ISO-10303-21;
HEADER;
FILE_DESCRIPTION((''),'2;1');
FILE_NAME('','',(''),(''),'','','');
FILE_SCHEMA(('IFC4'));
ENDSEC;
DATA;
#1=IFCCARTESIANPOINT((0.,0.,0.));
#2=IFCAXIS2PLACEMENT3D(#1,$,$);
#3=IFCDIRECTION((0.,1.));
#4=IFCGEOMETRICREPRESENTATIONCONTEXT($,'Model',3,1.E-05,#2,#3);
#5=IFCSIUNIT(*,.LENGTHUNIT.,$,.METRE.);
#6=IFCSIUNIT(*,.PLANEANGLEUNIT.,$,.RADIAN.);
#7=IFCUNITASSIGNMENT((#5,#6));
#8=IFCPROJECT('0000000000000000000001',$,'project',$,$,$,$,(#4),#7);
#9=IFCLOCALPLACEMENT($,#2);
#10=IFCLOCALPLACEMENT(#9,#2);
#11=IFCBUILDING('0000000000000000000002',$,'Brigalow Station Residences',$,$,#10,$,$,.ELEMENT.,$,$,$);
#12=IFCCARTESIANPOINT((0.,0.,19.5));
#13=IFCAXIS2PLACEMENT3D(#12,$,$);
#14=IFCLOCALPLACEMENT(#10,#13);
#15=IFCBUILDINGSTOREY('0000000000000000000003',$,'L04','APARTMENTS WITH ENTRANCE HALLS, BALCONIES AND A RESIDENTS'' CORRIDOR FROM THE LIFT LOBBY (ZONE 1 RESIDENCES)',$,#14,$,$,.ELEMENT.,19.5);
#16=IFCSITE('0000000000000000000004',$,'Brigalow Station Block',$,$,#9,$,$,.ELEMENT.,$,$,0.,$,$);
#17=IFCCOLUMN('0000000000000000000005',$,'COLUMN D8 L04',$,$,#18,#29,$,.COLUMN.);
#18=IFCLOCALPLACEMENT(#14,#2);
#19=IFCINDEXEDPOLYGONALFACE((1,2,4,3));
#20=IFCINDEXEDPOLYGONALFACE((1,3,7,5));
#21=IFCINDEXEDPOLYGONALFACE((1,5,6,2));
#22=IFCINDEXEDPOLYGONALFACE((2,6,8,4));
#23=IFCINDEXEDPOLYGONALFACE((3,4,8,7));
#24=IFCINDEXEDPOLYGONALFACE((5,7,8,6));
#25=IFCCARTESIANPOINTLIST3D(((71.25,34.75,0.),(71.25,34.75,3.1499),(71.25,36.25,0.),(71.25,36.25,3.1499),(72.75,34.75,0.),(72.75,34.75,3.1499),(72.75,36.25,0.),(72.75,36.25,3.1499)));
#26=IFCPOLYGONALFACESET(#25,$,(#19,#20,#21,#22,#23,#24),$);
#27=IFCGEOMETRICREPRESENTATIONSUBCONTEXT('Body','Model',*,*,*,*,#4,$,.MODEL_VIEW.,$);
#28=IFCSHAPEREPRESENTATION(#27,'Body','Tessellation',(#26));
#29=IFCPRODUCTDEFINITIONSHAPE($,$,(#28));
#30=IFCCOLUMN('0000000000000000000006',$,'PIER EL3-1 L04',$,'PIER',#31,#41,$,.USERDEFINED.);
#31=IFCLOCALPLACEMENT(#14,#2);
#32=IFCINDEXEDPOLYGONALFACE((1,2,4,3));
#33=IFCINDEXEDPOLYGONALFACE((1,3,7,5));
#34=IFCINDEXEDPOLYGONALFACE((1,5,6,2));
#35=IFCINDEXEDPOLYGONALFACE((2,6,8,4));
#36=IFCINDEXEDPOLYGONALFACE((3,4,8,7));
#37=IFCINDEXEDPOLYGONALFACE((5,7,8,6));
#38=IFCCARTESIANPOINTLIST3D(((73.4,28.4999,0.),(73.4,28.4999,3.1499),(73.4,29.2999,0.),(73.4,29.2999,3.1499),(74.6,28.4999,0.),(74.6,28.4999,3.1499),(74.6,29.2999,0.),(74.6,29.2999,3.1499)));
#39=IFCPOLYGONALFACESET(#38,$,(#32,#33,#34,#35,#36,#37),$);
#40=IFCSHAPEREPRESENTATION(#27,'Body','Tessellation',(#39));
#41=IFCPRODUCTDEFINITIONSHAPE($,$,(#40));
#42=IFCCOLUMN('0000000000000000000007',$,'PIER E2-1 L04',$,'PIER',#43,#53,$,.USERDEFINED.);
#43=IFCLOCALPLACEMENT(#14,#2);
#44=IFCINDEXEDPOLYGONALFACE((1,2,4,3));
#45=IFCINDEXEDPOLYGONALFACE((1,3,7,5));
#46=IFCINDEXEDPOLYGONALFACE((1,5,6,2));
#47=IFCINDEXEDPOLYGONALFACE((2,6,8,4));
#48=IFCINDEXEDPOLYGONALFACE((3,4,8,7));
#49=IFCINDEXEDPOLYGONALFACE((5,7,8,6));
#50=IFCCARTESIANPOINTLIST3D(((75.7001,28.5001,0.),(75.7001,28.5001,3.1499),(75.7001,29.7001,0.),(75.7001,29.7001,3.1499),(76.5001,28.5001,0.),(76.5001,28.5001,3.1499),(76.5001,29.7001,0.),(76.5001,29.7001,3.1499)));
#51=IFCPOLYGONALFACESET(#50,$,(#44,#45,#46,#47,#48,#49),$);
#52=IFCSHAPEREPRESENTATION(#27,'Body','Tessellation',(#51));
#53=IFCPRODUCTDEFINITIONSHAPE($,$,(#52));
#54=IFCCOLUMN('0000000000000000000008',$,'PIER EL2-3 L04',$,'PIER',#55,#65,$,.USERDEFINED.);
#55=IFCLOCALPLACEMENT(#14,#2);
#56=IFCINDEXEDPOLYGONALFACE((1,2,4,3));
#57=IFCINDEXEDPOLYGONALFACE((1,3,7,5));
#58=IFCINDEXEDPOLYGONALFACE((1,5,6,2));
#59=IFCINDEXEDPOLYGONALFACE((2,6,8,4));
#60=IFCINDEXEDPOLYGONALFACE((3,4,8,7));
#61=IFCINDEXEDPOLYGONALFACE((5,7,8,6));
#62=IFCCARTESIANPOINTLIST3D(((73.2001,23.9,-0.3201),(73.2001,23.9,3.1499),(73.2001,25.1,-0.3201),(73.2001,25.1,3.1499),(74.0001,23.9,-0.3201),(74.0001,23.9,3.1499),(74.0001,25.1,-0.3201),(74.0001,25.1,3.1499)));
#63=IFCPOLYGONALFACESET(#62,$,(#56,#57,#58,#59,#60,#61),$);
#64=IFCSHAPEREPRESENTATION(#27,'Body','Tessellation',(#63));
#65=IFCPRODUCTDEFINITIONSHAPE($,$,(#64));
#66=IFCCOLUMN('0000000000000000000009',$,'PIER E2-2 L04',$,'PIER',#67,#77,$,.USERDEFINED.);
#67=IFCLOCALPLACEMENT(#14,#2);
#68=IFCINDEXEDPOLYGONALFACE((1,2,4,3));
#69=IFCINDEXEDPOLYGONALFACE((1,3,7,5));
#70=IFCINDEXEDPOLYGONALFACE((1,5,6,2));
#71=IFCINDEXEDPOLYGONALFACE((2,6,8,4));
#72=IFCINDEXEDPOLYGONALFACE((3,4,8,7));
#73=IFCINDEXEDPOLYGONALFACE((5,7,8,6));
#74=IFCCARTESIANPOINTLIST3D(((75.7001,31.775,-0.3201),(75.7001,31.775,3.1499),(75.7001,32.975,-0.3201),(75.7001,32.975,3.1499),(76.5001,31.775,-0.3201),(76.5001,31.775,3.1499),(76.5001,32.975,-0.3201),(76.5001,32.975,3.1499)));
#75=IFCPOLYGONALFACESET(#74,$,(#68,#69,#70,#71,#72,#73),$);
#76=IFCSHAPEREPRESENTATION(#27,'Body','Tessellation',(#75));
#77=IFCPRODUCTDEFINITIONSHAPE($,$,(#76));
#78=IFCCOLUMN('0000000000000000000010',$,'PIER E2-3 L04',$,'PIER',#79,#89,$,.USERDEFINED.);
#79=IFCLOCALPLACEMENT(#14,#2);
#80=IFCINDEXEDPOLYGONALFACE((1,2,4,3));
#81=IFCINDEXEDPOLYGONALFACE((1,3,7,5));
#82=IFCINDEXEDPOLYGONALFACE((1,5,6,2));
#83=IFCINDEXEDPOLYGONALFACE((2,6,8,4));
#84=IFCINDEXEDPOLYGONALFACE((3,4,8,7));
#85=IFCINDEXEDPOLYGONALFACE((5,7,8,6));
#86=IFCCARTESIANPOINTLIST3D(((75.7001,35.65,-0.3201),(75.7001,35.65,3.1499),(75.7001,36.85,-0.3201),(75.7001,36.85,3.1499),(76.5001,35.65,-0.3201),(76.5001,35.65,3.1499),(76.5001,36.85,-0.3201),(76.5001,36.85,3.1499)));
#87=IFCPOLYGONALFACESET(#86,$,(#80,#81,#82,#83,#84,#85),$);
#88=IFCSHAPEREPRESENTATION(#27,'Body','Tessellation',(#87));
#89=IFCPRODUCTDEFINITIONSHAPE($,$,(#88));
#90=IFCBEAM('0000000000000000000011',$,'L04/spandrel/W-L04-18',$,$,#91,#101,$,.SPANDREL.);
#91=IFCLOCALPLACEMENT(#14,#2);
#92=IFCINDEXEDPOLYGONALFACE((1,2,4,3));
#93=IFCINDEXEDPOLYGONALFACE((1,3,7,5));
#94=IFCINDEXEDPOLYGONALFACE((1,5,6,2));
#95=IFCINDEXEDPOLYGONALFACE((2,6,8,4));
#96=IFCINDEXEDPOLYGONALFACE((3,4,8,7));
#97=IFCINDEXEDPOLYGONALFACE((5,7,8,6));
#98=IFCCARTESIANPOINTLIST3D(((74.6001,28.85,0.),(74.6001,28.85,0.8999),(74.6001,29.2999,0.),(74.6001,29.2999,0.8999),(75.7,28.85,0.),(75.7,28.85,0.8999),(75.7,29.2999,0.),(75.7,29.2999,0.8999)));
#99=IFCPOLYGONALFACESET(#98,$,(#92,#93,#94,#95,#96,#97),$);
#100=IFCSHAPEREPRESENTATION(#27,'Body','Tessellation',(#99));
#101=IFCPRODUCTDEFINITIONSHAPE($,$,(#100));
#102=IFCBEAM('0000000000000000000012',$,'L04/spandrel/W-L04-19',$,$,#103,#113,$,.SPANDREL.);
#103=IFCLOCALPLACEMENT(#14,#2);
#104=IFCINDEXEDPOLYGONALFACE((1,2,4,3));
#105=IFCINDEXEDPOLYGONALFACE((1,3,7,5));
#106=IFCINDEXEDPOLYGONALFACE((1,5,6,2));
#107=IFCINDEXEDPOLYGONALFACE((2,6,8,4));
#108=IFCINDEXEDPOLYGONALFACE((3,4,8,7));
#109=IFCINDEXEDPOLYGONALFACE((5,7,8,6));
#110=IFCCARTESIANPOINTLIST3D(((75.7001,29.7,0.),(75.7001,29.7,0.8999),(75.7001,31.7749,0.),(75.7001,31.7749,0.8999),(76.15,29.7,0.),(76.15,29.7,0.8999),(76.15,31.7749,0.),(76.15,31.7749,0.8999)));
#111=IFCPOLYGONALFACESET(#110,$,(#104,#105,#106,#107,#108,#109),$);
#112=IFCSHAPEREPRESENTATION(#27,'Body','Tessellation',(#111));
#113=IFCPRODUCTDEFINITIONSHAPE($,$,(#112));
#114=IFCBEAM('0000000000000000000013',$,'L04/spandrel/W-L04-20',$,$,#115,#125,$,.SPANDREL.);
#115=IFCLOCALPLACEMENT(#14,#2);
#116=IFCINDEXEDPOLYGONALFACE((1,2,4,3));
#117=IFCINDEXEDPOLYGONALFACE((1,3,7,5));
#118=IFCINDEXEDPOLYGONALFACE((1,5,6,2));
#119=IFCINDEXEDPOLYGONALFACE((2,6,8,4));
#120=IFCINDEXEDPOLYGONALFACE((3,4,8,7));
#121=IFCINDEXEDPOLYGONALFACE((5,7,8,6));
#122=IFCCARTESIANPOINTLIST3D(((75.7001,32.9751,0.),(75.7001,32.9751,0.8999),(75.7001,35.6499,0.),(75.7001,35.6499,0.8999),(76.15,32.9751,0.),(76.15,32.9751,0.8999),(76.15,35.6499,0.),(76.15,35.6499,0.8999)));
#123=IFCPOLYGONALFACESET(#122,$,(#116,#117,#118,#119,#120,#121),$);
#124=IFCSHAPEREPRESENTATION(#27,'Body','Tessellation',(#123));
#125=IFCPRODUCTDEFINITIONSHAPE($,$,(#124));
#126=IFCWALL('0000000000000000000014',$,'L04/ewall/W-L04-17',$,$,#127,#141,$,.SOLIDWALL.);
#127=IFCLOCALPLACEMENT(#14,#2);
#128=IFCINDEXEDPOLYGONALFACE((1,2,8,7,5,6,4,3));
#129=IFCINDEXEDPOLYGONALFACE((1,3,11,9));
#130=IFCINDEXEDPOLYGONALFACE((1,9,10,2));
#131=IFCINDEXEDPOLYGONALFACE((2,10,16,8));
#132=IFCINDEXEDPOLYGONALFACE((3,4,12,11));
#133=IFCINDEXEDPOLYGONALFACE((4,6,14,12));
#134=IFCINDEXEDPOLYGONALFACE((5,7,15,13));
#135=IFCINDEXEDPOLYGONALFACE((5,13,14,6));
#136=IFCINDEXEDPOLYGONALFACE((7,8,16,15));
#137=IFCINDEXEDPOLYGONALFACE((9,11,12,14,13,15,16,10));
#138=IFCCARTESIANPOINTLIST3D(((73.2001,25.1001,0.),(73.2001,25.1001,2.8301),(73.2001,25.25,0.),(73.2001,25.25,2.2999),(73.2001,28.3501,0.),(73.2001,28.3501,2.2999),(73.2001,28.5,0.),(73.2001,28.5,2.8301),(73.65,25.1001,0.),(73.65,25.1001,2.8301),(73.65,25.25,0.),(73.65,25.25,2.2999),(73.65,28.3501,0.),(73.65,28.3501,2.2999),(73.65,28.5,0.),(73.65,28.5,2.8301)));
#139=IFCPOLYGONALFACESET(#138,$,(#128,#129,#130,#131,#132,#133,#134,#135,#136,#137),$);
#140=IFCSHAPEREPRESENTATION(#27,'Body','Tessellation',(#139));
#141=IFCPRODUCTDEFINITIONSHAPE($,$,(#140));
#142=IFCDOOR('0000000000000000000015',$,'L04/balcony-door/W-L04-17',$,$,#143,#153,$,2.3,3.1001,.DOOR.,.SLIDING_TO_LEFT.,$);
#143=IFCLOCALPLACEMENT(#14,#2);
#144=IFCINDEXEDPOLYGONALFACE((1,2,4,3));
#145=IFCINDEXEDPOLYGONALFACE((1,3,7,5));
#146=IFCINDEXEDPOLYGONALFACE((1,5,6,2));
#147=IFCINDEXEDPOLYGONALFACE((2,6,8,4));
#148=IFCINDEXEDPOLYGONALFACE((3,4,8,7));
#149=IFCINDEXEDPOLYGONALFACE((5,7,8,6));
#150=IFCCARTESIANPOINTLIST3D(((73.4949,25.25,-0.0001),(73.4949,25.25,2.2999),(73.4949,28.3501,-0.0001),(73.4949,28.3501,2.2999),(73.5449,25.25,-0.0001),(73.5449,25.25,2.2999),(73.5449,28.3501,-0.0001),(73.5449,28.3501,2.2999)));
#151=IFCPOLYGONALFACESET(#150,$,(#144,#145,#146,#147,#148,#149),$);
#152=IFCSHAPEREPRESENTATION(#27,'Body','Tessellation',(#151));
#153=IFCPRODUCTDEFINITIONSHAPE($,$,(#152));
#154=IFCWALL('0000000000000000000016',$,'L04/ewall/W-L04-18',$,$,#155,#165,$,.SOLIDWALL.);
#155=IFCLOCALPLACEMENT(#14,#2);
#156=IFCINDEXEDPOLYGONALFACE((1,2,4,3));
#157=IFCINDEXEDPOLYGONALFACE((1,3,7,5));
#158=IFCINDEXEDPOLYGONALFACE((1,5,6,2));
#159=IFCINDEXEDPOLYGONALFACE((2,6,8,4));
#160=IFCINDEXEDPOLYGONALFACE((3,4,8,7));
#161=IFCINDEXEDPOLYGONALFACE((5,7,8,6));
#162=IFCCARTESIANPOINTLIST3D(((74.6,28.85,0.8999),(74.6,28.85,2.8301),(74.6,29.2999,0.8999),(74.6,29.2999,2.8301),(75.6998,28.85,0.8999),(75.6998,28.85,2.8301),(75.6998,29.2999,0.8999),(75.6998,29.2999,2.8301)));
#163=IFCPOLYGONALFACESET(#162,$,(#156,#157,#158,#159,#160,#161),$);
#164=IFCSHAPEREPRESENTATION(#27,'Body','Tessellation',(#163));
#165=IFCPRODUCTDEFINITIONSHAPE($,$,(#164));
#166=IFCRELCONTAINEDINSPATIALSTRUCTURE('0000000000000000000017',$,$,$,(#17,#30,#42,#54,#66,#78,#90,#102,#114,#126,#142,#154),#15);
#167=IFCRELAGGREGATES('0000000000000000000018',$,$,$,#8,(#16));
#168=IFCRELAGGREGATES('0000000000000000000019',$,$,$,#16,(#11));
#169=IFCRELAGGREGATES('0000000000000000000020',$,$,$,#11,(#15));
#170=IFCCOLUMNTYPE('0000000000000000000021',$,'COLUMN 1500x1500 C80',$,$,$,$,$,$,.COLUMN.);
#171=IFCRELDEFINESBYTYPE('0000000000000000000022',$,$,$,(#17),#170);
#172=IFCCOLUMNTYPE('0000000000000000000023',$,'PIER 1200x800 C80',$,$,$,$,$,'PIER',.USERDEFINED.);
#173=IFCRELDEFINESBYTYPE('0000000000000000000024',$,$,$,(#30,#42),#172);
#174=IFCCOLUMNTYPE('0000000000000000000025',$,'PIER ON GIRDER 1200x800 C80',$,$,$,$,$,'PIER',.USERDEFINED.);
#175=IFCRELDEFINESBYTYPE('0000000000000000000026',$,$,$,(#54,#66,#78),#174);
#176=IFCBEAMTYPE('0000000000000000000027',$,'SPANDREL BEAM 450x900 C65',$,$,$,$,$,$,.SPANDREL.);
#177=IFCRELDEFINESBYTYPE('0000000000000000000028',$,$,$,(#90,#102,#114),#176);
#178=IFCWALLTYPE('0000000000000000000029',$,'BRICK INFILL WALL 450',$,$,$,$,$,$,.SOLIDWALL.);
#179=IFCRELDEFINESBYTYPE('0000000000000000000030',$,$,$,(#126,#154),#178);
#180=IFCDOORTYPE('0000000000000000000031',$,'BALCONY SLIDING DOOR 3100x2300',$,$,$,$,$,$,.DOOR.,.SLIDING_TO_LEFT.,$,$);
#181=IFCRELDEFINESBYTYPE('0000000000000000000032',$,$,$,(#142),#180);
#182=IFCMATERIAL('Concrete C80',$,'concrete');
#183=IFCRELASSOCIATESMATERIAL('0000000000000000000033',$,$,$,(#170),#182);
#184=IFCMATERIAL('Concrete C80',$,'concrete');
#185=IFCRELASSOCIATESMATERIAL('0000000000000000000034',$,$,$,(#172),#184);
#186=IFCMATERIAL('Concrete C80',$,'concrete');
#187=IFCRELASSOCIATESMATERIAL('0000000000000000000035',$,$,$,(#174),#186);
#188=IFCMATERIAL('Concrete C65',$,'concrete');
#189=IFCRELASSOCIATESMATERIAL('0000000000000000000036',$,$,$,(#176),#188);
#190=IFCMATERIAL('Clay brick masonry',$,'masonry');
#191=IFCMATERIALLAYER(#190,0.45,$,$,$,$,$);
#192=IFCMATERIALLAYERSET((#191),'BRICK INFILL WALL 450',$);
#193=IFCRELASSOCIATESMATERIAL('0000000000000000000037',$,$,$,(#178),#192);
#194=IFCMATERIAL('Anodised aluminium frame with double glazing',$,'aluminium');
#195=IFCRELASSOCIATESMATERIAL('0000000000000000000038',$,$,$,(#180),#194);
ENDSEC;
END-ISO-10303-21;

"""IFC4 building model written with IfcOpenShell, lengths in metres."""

from ifc_helpers import new_model, si_unit, direction, frame, frame_2d, origin, origin_2d, place, context, subcontext, project, spatial, rectangle, extrude, material, layer, layer_set, material_profile, profile_set, type_object, element, fill, save


model = new_model("IFC4")

# Units and contexts
model_context = context("Model", 3, precision=1e-05, world=origin(), true_north=direction((0.0, 1.0)))
body_context = subcontext(model_context, "Body", "Model", "MODEL_VIEW")
ifc_project = project(units=[si_unit("LENGTHUNIT", "METRE"), si_unit("PLANEANGLEUNIT", "RADIAN")], contexts=[model_context])

# Site, building, storey
site_placement = place(None, origin())
site = spatial("IfcSite", under=ifc_project, at=site_placement, Name="Brigalow Station Block", CompositionType="ELEMENT", RefElevation=0.0)
building_placement = place(site_placement, origin())
building = spatial("IfcBuilding", under=site, at=building_placement, Name="Brigalow Station Residences", CompositionType="ELEMENT")
storey_placement = place(building_placement, frame((0.0, 0.0, 19.5)))
storey = spatial("IfcBuildingStorey", under=building, at=storey_placement, Name="L04", Description="APARTMENTS WITH ENTRANCE HALLS, BALCONIES AND A RESIDENTS' CORRIDOR FROM THE LIFT LOBBY (ZONE 1 RESIDENCES)", CompositionType="ELEMENT", Elevation=19.5)

# Columns
ifc_material_1 = material(Name="Concrete C80", Category="concrete")
ifc_material_profile_1 = material_profile(ifc_material_1, rectangle(XDim=1.5, YDim=1.5, at=origin_2d()), Name="RC1500x1500")
ifc_profile_set_1 = profile_set([ifc_material_profile_1], Name="Concrete C80")
column_type_1 = type_object("IfcColumnType", Name="COLUMN 1500x1500 C80", PredefinedType="COLUMN", material=ifc_profile_set_1)
column_placement = place(storey_placement, frame((72.0, 35.5, 0.0), z_axis=(0.0, 0.0, 1.0), x_axis=(1.0, 0.0, 0.0)))
element("IfcColumn", 1, at=column_placement, inside=storey, type_object=column_type_1, Name="COLUMN D8 L04", PredefinedType="COLUMN", context=body_context, shape_type="SweptSolid", body=[
    extrude(rectangle(XDim=1.5, YDim=1.5, at=origin_2d()), origin(), (0.0, 0.0, 1.0), 3.1499),
])
ifc_material_2 = material(Name="Concrete C80", Category="concrete")
ifc_material_profile_2 = material_profile(ifc_material_2, rectangle(XDim=1.2, YDim=0.8, at=origin_2d()), Name="RC1200x800")
ifc_profile_set_2 = profile_set([ifc_material_profile_2], Name="Concrete C80")
column_type_2 = type_object("IfcColumnType", Name="PIER 1200x800 C80", ElementType="PIER", PredefinedType="USERDEFINED", material=ifc_profile_set_2)
for number, where, z_axis, x_axis, name in (
    (2, (74.0, 28.8999, 0.0), (0.0, 0.0, 1.0), (1.0, 0.0, 0.0), "PIER EL3-1 L04"),
    (3, (76.1001, 29.1001, 0.0), (0.0, 0.0, 1.0), (0.0, 1.0, 0.0), "PIER E2-1 L04"),
):
    element("IfcColumn", number, at=place(storey_placement, frame(where, z_axis=z_axis, x_axis=x_axis)), inside=storey, type_object=column_type_2, Name=name, ObjectType="PIER", PredefinedType="USERDEFINED", context=body_context, shape_type="SweptSolid", body=[
        extrude(rectangle(XDim=1.2, YDim=0.8, at=origin_2d()), origin(), (0.0, 0.0, 1.0), 3.1499),
    ])
ifc_material_3 = material(Name="Concrete C80", Category="concrete")
ifc_material_profile_3 = material_profile(ifc_material_3, rectangle(XDim=1.2, YDim=0.8, at=origin_2d()), Name="RC1200x800")
ifc_profile_set_3 = profile_set([ifc_material_profile_3], Name="Concrete C80")
column_type_3 = type_object("IfcColumnType", Name="PIER ON GIRDER 1200x800 C80", ElementType="PIER", PredefinedType="USERDEFINED", material=ifc_profile_set_3)
for number, where, z_axis, x_axis, name in (
    (4, (73.6001, 24.5, -0.3201), (0.0, 0.0, 1.0), (0.0, 1.0, 0.0), "PIER EL2-3 L04"),
    (5, (76.1001, 32.375, -0.3201), (0.0, 0.0, 1.0), (0.0, 1.0, 0.0), "PIER E2-2 L04"),
    (6, (76.1001, 36.25, -0.3201), (0.0, 0.0, 1.0), (0.0, 1.0, 0.0), "PIER E2-3 L04"),
):
    element("IfcColumn", number, at=place(storey_placement, frame(where, z_axis=z_axis, x_axis=x_axis)), inside=storey, type_object=column_type_3, Name=name, ObjectType="PIER", PredefinedType="USERDEFINED", context=body_context, shape_type="SweptSolid", body=[
        extrude(rectangle(XDim=1.2, YDim=0.8, at=origin_2d()), origin(), (0.0, 0.0, 1.0), 3.47),
    ])

# Beams
ifc_material_4 = material(Name="Concrete C65", Category="concrete")
ifc_material_profile_4 = material_profile(ifc_material_4, rectangle(XDim=0.45, YDim=0.8999, at=origin_2d()), Name="RC450x900")
ifc_profile_set_4 = profile_set([ifc_material_profile_4], Name="Concrete C65")
beam_type = type_object("IfcBeamType", Name="SPANDREL BEAM 450x900 C65", PredefinedType="SPANDREL", material=ifc_profile_set_4)
beam_1_placement = place(storey_placement, frame((74.6001, 29.075, 0.45), z_axis=(1.0, 0.0, 0.0), x_axis=(0.0, 1.0, 0.0)))
element("IfcBeam", 7, at=beam_1_placement, inside=storey, type_object=beam_type, Name="L04/spandrel/W-L04-18", PredefinedType="SPANDREL", context=body_context, shape_type="SweptSolid", body=[
    extrude(rectangle(XDim=0.45, YDim=0.8999, at=origin_2d()), origin(), (0.0, 0.0, 1.0), 1.0999),
])
beam_2_placement = place(storey_placement, frame((75.925, 29.7, 0.45), z_axis=(0.0, 1.0, 0.0), x_axis=(-1.0, 0.0, 0.0)))
element("IfcBeam", 8, at=beam_2_placement, inside=storey, type_object=beam_type, Name="L04/spandrel/W-L04-19", PredefinedType="SPANDREL", context=body_context, shape_type="SweptSolid", body=[
    extrude(rectangle(XDim=0.45, YDim=0.8999, at=origin_2d()), origin(), (0.0, 0.0, 1.0), 2.075),
])
beam_3_placement = place(storey_placement, frame((75.925, 32.9751, 0.45), z_axis=(0.0, 1.0, 0.0), x_axis=(-1.0, 0.0, 0.0)))
element("IfcBeam", 9, at=beam_3_placement, inside=storey, type_object=beam_type, Name="L04/spandrel/W-L04-20", PredefinedType="SPANDREL", context=body_context, shape_type="SweptSolid", body=[
    extrude(rectangle(XDim=0.45, YDim=0.8999, at=origin_2d()), origin(), (0.0, 0.0, 1.0), 2.6748),
])

# Wall, opening, door
ifc_material_5 = material(Name="Clay brick masonry", Category="masonry")
ifc_layer = layer(ifc_material_5, 0.45)
ifc_layer_set = layer_set([ifc_layer], Name="BRICK INFILL WALL 450")
wall_type = type_object("IfcWallType", Name="BRICK INFILL WALL 450", PredefinedType="SOLIDWALL", material=ifc_layer_set)
wall_1_placement = place(storey_placement, frame((73.425, 25.1001, 0.0), z_axis=(0.0, 0.0, 1.0), x_axis=(0.0, 1.0, 0.0)))
wall_1 = element("IfcWall", 10, at=wall_1_placement, inside=storey, type_object=wall_type, Name="L04/ewall/W-L04-17", PredefinedType="SOLIDWALL", context=body_context, shape_type="SweptSolid", body=[
    extrude(rectangle(XDim=3.3999, YDim=0.45, at=frame_2d((1.7, 0.0))), origin(), (0.0, 0.0, 1.0), 2.8301),
])
opening_1_placement = place(wall_1_placement, frame((0.1499, 0.0, 0.0)))
opening_1 = element("IfcOpeningElement", 11, at=opening_1_placement, cuts=wall_1, PredefinedType="OPENING", context=body_context, shape_type="SweptSolid", body=[
    extrude(rectangle(XDim=3.1001, YDim=2.3, at=frame_2d((1.55, 1.1499))), frame((0.0, 0.2349, 0.0), z_axis=(0.0, -1.0, 0.0), x_axis=(1.0, 0.0, 0.0)), (0.0, 0.0, 1.0), 0.47),
])
ifc_material_6 = material(Name="Anodised aluminium frame with double glazing", Category="aluminium")
door_type = type_object("IfcDoorType", Name="BALCONY SLIDING DOOR 3100x2300", OperationType="SLIDING_TO_LEFT", PredefinedType="DOOR", material=ifc_material_6)
door_placement = place(opening_1_placement, origin())
door = element("IfcDoor", 12, at=door_placement, inside=storey, type_object=door_type, Name="L04/balcony-door/W-L04-17", OperationType="SLIDING_TO_LEFT", OverallHeight=2.3, OverallWidth=3.1001, PredefinedType="DOOR", context=body_context, shape_type="SweptSolid", body=[
    extrude(rectangle(XDim=3.1001, YDim=2.3, at=frame_2d((1.55, 1.1499))), frame((0.0, -0.0698, 0.0), z_axis=(0.0, -1.0, 0.0), x_axis=(1.0, 0.0, 0.0)), (0.0, 0.0, 1.0), 0.05),
])
fill(opening_1, door)

# Wall
wall_2_placement = place(storey_placement, frame((74.6001, 29.075, 0.8999), z_axis=(0.0, 0.0, 1.0), x_axis=(1.0, 0.0, 0.0)))
element("IfcWall", 13, at=wall_2_placement, inside=storey, type_object=wall_type, Name="L04/ewall/W-L04-18", PredefinedType="SOLIDWALL", context=body_context, shape_type="SweptSolid", body=[
    extrude(rectangle(XDim=1.0999, YDim=0.45, at=frame_2d((0.5498, 0.0))), origin(), (0.0, 0.0, 1.0), 1.9302),
])

save(model, "model.ifc")
